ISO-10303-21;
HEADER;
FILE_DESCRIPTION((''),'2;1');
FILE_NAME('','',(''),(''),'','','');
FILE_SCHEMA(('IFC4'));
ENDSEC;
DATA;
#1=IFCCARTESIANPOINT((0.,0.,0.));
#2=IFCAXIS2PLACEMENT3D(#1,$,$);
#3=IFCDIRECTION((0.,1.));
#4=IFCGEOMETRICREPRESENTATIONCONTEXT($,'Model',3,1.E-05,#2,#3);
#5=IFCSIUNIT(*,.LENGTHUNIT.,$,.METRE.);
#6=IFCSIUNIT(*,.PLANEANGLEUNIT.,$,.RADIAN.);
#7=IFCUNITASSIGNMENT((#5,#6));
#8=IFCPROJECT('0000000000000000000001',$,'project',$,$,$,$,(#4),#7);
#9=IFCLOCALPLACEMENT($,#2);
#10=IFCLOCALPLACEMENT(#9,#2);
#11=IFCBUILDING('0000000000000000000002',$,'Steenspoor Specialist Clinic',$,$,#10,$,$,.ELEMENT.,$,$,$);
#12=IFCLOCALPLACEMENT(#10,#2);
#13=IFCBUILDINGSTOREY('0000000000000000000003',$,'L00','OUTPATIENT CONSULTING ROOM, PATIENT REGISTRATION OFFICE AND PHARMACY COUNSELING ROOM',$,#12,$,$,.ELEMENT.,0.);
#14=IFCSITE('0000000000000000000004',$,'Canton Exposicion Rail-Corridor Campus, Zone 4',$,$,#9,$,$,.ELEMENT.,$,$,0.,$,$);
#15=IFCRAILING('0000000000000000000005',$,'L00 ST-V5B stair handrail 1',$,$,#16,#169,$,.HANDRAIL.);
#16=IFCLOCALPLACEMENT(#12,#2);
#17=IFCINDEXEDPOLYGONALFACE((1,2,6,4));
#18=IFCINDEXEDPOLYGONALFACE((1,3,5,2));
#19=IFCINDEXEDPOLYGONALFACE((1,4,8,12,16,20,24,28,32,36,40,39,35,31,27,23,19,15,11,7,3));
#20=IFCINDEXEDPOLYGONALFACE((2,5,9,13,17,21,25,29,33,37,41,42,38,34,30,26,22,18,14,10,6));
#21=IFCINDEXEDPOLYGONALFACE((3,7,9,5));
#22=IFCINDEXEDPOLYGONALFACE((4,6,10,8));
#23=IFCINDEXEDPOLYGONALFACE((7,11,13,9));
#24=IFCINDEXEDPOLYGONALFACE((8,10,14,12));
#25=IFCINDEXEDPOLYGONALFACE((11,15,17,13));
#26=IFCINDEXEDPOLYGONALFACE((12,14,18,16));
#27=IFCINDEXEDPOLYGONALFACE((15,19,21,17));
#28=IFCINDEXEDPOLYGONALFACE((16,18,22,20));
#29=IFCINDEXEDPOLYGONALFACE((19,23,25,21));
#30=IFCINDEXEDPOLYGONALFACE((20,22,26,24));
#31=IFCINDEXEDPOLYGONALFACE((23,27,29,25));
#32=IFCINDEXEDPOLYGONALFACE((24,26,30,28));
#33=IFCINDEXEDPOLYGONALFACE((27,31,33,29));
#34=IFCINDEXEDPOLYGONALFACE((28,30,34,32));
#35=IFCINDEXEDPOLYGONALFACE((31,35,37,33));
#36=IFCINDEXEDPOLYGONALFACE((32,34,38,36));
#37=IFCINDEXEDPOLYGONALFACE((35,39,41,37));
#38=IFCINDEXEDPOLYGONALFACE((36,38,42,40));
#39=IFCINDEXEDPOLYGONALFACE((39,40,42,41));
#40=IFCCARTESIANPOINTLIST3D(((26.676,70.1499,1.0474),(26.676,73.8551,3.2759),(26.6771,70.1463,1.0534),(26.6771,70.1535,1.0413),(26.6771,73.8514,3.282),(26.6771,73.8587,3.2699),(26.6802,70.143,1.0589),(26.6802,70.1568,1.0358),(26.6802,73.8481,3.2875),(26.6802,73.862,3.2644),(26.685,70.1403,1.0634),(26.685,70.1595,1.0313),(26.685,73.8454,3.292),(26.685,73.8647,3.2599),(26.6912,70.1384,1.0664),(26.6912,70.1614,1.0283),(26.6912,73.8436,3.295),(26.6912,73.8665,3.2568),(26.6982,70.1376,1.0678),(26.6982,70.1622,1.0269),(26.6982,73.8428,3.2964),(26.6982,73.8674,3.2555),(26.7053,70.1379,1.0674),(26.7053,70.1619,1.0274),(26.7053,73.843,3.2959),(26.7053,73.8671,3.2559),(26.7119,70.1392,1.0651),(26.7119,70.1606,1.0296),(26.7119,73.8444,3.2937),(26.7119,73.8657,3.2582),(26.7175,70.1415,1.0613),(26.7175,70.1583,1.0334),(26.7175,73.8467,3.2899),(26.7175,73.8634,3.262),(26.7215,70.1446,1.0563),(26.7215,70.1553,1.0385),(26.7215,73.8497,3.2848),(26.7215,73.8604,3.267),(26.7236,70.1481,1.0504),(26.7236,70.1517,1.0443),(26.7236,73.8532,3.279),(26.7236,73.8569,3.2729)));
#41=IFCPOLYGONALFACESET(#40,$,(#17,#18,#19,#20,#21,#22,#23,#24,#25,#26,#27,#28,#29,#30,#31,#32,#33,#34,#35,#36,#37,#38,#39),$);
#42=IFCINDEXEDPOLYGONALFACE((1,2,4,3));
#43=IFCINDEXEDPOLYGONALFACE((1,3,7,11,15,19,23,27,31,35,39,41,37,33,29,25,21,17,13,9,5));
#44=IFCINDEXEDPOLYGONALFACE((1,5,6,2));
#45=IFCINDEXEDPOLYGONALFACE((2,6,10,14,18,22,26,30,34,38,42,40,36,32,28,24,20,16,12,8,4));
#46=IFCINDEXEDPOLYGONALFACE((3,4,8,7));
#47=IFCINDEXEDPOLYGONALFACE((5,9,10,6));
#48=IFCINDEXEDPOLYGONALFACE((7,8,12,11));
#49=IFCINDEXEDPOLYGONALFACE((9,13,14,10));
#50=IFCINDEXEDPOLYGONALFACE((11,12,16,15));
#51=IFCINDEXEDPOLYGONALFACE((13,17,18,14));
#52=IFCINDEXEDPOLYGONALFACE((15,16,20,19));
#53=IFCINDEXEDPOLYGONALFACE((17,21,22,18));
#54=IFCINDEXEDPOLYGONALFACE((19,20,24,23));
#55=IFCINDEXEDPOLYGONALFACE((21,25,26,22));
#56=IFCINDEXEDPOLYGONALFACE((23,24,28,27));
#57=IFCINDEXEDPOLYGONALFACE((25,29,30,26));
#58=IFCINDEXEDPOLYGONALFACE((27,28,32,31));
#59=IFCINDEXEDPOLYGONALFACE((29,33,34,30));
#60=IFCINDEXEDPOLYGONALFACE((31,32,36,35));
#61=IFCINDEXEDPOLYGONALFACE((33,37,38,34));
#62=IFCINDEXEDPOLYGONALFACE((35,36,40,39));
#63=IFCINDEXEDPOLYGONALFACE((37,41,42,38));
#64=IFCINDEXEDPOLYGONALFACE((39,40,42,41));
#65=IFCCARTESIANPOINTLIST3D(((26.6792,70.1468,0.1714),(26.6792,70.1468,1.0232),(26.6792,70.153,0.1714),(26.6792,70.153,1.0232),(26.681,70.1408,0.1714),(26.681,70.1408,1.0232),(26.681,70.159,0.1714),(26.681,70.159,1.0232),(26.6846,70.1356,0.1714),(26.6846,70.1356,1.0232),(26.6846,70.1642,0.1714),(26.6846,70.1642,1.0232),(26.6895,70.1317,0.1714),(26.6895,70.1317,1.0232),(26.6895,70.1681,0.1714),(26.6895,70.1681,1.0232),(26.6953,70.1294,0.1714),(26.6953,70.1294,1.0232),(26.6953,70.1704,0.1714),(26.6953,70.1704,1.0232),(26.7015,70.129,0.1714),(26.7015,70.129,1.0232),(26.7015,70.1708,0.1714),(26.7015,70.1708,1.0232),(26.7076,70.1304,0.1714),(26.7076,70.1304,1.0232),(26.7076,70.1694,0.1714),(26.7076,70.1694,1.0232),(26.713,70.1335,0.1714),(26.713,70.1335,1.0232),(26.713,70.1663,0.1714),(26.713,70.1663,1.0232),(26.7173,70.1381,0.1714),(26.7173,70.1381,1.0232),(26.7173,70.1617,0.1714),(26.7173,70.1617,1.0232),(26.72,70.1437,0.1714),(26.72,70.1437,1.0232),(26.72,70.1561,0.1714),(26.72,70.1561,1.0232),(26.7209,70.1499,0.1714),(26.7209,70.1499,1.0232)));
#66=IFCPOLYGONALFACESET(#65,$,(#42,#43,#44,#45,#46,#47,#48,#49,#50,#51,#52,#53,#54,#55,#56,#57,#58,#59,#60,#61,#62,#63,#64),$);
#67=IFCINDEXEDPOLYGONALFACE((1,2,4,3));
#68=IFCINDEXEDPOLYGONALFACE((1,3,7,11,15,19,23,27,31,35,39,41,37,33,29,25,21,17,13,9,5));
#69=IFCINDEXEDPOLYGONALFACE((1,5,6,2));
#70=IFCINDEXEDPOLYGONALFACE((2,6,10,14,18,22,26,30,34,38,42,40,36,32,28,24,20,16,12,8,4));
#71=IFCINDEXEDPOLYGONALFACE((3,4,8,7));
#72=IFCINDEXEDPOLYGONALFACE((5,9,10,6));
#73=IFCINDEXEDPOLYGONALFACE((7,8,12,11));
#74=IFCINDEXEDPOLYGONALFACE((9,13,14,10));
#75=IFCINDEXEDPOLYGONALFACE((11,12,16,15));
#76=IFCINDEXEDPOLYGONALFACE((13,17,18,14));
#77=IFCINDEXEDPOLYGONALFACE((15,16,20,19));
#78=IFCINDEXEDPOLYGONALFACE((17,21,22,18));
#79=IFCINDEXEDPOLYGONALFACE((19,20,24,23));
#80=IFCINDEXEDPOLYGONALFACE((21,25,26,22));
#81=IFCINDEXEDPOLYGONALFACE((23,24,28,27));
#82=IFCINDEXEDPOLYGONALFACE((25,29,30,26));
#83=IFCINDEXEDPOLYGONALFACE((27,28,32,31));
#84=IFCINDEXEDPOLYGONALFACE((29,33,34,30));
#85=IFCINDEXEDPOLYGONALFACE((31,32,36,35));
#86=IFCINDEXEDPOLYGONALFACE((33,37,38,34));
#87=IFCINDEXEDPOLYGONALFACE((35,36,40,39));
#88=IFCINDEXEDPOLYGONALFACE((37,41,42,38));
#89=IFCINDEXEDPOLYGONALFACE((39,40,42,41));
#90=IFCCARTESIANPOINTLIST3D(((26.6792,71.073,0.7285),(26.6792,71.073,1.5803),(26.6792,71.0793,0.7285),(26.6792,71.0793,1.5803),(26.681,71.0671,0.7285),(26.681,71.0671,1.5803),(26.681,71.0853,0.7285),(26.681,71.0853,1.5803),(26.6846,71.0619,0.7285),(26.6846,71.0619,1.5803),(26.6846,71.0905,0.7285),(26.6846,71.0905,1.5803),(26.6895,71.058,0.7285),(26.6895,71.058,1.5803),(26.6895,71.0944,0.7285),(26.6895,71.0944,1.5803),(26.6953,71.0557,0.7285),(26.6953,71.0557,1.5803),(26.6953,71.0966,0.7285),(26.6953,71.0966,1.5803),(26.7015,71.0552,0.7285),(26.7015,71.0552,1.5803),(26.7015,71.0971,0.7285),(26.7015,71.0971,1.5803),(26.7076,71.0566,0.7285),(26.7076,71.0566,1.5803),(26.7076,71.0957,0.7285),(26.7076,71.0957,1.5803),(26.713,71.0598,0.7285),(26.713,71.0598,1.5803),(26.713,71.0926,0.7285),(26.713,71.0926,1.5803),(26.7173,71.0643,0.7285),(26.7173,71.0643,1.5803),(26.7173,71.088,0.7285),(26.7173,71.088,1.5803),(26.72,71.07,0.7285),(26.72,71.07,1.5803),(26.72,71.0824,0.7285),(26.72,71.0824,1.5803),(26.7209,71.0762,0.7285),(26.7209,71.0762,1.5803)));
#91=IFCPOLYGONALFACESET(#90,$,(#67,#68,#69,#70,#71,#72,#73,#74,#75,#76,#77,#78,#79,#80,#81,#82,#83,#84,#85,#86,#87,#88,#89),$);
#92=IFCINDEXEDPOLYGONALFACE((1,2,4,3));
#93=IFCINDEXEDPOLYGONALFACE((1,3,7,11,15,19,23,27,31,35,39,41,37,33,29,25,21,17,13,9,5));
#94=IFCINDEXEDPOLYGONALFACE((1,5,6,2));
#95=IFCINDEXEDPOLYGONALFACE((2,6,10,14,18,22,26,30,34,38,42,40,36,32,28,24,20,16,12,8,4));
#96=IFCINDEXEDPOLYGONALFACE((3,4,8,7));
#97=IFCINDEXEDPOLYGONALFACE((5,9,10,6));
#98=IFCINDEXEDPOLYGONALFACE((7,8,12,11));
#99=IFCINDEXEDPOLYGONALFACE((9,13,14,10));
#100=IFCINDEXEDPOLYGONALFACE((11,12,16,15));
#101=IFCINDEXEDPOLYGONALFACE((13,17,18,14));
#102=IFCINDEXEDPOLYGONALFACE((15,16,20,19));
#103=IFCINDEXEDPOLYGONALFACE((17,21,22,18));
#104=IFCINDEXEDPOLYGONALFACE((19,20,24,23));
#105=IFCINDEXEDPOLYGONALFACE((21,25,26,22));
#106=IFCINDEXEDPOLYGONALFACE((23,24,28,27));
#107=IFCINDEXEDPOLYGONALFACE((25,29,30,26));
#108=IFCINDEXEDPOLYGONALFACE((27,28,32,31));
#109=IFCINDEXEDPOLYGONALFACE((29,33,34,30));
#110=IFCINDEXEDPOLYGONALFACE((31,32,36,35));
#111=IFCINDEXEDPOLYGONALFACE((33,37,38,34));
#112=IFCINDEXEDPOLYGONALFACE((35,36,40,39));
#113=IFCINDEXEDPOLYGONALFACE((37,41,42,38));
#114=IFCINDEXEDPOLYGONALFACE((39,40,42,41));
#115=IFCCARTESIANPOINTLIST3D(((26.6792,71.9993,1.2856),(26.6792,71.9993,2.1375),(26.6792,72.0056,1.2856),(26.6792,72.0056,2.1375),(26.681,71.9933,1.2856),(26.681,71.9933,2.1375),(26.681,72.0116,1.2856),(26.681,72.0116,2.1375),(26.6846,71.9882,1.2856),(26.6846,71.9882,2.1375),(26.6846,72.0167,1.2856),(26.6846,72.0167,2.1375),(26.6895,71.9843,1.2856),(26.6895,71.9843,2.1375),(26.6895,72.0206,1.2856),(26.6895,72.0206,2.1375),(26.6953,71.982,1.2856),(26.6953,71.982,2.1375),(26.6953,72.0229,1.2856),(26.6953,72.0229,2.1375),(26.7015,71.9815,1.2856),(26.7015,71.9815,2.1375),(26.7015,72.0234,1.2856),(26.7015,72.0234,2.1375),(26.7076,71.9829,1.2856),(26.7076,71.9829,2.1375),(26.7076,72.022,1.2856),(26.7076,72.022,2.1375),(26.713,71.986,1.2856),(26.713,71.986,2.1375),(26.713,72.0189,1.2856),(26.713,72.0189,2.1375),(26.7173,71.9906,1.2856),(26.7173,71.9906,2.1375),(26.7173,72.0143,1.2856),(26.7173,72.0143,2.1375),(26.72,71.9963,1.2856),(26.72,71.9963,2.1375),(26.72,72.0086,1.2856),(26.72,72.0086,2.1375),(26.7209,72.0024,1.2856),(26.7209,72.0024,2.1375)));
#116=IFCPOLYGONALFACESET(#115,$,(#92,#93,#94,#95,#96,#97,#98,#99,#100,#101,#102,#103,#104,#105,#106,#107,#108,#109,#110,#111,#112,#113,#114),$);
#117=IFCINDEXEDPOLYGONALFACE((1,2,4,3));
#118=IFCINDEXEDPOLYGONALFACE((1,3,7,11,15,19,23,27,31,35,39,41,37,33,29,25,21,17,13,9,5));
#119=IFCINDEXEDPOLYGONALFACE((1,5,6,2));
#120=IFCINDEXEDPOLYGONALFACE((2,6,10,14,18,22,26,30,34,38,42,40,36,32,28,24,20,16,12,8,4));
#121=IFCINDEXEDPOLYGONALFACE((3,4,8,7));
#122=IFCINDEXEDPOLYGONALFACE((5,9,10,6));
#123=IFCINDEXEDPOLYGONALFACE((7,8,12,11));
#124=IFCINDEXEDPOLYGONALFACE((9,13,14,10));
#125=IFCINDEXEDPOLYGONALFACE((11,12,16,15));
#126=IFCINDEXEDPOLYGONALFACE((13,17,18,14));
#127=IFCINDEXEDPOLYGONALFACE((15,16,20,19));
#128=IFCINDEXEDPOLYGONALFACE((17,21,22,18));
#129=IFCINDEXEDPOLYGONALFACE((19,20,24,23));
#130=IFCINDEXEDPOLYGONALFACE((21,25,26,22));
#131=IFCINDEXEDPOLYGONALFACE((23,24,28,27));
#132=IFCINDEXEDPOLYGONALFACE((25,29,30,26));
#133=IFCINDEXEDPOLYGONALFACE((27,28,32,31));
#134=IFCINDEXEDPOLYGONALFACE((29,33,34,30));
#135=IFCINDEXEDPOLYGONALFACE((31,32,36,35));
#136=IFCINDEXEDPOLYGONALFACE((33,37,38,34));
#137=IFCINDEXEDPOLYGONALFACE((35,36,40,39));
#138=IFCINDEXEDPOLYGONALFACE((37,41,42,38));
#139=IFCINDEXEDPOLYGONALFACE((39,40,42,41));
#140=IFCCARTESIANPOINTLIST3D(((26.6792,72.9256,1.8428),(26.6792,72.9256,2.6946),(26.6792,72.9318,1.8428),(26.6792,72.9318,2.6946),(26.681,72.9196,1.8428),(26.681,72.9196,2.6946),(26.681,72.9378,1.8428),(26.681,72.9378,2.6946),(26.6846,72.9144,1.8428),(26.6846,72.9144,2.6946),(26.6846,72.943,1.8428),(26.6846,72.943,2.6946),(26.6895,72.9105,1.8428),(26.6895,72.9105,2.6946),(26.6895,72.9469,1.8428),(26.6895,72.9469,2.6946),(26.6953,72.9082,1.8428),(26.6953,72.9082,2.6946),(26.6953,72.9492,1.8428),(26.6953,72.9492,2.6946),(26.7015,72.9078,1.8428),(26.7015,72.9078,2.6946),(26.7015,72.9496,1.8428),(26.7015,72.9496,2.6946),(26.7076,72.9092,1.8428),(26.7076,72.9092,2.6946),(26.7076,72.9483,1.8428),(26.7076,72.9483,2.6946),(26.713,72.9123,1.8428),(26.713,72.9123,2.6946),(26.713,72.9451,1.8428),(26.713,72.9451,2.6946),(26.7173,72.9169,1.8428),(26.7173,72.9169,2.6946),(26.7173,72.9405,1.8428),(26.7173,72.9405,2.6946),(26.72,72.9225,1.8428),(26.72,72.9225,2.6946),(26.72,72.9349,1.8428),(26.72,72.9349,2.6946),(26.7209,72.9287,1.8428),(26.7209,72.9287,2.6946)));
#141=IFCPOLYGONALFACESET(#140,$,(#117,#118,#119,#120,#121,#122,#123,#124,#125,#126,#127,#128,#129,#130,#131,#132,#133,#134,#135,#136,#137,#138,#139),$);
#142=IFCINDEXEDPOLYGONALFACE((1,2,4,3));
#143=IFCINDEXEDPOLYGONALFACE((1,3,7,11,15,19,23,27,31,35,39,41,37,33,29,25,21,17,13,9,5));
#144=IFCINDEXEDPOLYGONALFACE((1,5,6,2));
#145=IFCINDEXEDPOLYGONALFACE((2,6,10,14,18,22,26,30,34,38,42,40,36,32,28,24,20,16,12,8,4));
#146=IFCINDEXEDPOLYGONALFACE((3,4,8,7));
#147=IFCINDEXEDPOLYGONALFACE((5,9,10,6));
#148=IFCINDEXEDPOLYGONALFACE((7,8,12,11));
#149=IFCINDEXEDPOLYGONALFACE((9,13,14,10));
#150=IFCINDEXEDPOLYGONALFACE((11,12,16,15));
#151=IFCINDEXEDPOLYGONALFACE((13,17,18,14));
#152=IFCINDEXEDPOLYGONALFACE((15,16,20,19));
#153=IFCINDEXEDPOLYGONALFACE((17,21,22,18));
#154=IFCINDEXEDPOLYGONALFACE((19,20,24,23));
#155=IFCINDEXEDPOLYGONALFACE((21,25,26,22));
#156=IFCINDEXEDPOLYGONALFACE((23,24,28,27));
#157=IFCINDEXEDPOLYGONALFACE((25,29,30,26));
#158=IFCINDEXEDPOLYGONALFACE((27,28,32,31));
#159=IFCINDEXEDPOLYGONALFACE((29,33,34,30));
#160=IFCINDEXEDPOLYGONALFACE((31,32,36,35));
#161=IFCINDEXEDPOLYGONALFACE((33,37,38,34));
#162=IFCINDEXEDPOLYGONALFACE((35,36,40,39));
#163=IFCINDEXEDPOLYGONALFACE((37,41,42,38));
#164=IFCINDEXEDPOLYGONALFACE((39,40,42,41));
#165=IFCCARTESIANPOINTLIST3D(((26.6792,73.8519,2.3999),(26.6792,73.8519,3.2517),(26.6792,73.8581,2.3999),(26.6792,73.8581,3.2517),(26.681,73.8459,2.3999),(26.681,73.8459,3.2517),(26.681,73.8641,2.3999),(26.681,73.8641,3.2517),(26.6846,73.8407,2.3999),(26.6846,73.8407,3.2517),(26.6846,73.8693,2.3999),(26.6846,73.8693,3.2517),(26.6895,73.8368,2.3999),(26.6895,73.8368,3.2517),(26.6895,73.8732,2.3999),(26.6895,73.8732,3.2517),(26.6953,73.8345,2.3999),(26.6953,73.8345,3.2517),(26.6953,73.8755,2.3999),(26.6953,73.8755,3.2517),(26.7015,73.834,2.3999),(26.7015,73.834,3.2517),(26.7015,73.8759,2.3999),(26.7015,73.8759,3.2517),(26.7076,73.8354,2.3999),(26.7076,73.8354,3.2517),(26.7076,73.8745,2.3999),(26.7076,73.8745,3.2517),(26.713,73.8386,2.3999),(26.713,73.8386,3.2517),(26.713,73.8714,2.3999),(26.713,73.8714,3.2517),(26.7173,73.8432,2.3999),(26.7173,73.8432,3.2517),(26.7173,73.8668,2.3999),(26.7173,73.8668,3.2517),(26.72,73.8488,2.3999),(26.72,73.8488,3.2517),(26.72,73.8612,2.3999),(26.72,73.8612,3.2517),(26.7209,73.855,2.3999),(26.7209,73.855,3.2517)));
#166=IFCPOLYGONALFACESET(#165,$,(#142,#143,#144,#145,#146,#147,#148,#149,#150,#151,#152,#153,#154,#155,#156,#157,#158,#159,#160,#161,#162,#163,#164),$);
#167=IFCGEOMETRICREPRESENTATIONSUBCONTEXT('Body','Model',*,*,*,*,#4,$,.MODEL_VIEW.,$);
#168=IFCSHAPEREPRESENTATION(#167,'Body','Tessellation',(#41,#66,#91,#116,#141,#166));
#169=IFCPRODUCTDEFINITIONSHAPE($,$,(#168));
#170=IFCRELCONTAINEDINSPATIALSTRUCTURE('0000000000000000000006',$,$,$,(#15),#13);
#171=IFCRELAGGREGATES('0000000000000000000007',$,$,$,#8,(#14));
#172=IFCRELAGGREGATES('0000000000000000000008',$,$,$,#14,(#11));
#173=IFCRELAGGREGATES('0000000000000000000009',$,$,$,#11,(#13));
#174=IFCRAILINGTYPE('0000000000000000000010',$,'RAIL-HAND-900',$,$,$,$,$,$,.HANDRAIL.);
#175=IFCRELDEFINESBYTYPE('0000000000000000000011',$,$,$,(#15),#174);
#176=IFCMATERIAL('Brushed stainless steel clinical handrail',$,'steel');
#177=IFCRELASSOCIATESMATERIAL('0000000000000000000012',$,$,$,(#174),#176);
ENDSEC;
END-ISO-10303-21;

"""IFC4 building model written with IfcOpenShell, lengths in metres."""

from ifc_helpers import new_model, si_unit, direction, frame, origin, origin_2d, place, context, subcontext, project, spatial, circle, extrude, material, type_object, element, save


model = new_model("IFC4")

# Units and contexts
model_context = context("Model", 3, precision=1e-05, world=origin(), true_north=direction((0.0, 1.0)))
body_context = subcontext(model_context, "Body", "Model", "MODEL_VIEW")
ifc_project = project(units=[si_unit("LENGTHUNIT", "METRE"), si_unit("PLANEANGLEUNIT", "RADIAN")], contexts=[model_context])

# Site, building, storey
site_placement = place(None, origin())
site = spatial("IfcSite", under=ifc_project, at=site_placement, Name="Canton Exposicion Rail-Corridor Campus, Zone 4", CompositionType="ELEMENT", RefElevation=0.0)
building_placement = place(site_placement, origin())
building = spatial("IfcBuilding", under=site, at=building_placement, Name="Steenspoor Specialist Clinic", CompositionType="ELEMENT")
storey_placement = place(building_placement, origin())
storey = spatial("IfcBuildingStorey", under=building, at=storey_placement, Name="L00", Description="OUTPATIENT CONSULTING ROOM, PATIENT REGISTRATION OFFICE AND PHARMACY COUNSELING ROOM", CompositionType="ELEMENT", Elevation=0.0)

# Railing
ifc_material_1 = material(Name="Brushed stainless steel clinical handrail", Category="steel")
railing_type_1 = type_object("IfcRailingType", Name="RAIL-HAND-900", PredefinedType="HANDRAIL", material=ifc_material_1)
railing_1_placement = place(storey_placement, frame((26.7, 70.1499, 0.1714)))
element("IfcRailing", 1, at=railing_1_placement, inside=storey, type_object=railing_type_1, Name="L00 ST-V5B stair handrail 1", PredefinedType="HANDRAIL", context=body_context, shape_type="SweptSolid", body=[
    extrude(circle(Radius=0.0239, at=origin_2d()), frame((0.0, 0.0, 0.876), z_axis=(0.0, 0.856934, 0.515425), x_axis=(-1.0, 0.0, 0.0)), (0.0, 0.0, 1.0), 4.3237),
    extrude(circle(Radius=0.021, at=origin_2d()), origin(), (0.0, 0.0, 1.0), 0.8518),
    extrude(circle(Radius=0.021, at=origin_2d()), frame((0.0, 0.9263, 0.5571)), (0.0, 0.0, 1.0), 0.8518),
    extrude(circle(Radius=0.021, at=origin_2d()), frame((0.0, 1.8525, 1.1143)), (0.0, 0.0, 1.0), 0.8518),
    extrude(circle(Radius=0.021, at=origin_2d()), frame((0.0, 2.7788, 1.6714)), (0.0, 0.0, 1.0), 0.8518),
    extrude(circle(Radius=0.021, at=origin_2d()), frame((0.0, 3.7051, 2.2285)), (0.0, 0.0, 1.0), 0.8518),
])

save(model, "model.ifc")
